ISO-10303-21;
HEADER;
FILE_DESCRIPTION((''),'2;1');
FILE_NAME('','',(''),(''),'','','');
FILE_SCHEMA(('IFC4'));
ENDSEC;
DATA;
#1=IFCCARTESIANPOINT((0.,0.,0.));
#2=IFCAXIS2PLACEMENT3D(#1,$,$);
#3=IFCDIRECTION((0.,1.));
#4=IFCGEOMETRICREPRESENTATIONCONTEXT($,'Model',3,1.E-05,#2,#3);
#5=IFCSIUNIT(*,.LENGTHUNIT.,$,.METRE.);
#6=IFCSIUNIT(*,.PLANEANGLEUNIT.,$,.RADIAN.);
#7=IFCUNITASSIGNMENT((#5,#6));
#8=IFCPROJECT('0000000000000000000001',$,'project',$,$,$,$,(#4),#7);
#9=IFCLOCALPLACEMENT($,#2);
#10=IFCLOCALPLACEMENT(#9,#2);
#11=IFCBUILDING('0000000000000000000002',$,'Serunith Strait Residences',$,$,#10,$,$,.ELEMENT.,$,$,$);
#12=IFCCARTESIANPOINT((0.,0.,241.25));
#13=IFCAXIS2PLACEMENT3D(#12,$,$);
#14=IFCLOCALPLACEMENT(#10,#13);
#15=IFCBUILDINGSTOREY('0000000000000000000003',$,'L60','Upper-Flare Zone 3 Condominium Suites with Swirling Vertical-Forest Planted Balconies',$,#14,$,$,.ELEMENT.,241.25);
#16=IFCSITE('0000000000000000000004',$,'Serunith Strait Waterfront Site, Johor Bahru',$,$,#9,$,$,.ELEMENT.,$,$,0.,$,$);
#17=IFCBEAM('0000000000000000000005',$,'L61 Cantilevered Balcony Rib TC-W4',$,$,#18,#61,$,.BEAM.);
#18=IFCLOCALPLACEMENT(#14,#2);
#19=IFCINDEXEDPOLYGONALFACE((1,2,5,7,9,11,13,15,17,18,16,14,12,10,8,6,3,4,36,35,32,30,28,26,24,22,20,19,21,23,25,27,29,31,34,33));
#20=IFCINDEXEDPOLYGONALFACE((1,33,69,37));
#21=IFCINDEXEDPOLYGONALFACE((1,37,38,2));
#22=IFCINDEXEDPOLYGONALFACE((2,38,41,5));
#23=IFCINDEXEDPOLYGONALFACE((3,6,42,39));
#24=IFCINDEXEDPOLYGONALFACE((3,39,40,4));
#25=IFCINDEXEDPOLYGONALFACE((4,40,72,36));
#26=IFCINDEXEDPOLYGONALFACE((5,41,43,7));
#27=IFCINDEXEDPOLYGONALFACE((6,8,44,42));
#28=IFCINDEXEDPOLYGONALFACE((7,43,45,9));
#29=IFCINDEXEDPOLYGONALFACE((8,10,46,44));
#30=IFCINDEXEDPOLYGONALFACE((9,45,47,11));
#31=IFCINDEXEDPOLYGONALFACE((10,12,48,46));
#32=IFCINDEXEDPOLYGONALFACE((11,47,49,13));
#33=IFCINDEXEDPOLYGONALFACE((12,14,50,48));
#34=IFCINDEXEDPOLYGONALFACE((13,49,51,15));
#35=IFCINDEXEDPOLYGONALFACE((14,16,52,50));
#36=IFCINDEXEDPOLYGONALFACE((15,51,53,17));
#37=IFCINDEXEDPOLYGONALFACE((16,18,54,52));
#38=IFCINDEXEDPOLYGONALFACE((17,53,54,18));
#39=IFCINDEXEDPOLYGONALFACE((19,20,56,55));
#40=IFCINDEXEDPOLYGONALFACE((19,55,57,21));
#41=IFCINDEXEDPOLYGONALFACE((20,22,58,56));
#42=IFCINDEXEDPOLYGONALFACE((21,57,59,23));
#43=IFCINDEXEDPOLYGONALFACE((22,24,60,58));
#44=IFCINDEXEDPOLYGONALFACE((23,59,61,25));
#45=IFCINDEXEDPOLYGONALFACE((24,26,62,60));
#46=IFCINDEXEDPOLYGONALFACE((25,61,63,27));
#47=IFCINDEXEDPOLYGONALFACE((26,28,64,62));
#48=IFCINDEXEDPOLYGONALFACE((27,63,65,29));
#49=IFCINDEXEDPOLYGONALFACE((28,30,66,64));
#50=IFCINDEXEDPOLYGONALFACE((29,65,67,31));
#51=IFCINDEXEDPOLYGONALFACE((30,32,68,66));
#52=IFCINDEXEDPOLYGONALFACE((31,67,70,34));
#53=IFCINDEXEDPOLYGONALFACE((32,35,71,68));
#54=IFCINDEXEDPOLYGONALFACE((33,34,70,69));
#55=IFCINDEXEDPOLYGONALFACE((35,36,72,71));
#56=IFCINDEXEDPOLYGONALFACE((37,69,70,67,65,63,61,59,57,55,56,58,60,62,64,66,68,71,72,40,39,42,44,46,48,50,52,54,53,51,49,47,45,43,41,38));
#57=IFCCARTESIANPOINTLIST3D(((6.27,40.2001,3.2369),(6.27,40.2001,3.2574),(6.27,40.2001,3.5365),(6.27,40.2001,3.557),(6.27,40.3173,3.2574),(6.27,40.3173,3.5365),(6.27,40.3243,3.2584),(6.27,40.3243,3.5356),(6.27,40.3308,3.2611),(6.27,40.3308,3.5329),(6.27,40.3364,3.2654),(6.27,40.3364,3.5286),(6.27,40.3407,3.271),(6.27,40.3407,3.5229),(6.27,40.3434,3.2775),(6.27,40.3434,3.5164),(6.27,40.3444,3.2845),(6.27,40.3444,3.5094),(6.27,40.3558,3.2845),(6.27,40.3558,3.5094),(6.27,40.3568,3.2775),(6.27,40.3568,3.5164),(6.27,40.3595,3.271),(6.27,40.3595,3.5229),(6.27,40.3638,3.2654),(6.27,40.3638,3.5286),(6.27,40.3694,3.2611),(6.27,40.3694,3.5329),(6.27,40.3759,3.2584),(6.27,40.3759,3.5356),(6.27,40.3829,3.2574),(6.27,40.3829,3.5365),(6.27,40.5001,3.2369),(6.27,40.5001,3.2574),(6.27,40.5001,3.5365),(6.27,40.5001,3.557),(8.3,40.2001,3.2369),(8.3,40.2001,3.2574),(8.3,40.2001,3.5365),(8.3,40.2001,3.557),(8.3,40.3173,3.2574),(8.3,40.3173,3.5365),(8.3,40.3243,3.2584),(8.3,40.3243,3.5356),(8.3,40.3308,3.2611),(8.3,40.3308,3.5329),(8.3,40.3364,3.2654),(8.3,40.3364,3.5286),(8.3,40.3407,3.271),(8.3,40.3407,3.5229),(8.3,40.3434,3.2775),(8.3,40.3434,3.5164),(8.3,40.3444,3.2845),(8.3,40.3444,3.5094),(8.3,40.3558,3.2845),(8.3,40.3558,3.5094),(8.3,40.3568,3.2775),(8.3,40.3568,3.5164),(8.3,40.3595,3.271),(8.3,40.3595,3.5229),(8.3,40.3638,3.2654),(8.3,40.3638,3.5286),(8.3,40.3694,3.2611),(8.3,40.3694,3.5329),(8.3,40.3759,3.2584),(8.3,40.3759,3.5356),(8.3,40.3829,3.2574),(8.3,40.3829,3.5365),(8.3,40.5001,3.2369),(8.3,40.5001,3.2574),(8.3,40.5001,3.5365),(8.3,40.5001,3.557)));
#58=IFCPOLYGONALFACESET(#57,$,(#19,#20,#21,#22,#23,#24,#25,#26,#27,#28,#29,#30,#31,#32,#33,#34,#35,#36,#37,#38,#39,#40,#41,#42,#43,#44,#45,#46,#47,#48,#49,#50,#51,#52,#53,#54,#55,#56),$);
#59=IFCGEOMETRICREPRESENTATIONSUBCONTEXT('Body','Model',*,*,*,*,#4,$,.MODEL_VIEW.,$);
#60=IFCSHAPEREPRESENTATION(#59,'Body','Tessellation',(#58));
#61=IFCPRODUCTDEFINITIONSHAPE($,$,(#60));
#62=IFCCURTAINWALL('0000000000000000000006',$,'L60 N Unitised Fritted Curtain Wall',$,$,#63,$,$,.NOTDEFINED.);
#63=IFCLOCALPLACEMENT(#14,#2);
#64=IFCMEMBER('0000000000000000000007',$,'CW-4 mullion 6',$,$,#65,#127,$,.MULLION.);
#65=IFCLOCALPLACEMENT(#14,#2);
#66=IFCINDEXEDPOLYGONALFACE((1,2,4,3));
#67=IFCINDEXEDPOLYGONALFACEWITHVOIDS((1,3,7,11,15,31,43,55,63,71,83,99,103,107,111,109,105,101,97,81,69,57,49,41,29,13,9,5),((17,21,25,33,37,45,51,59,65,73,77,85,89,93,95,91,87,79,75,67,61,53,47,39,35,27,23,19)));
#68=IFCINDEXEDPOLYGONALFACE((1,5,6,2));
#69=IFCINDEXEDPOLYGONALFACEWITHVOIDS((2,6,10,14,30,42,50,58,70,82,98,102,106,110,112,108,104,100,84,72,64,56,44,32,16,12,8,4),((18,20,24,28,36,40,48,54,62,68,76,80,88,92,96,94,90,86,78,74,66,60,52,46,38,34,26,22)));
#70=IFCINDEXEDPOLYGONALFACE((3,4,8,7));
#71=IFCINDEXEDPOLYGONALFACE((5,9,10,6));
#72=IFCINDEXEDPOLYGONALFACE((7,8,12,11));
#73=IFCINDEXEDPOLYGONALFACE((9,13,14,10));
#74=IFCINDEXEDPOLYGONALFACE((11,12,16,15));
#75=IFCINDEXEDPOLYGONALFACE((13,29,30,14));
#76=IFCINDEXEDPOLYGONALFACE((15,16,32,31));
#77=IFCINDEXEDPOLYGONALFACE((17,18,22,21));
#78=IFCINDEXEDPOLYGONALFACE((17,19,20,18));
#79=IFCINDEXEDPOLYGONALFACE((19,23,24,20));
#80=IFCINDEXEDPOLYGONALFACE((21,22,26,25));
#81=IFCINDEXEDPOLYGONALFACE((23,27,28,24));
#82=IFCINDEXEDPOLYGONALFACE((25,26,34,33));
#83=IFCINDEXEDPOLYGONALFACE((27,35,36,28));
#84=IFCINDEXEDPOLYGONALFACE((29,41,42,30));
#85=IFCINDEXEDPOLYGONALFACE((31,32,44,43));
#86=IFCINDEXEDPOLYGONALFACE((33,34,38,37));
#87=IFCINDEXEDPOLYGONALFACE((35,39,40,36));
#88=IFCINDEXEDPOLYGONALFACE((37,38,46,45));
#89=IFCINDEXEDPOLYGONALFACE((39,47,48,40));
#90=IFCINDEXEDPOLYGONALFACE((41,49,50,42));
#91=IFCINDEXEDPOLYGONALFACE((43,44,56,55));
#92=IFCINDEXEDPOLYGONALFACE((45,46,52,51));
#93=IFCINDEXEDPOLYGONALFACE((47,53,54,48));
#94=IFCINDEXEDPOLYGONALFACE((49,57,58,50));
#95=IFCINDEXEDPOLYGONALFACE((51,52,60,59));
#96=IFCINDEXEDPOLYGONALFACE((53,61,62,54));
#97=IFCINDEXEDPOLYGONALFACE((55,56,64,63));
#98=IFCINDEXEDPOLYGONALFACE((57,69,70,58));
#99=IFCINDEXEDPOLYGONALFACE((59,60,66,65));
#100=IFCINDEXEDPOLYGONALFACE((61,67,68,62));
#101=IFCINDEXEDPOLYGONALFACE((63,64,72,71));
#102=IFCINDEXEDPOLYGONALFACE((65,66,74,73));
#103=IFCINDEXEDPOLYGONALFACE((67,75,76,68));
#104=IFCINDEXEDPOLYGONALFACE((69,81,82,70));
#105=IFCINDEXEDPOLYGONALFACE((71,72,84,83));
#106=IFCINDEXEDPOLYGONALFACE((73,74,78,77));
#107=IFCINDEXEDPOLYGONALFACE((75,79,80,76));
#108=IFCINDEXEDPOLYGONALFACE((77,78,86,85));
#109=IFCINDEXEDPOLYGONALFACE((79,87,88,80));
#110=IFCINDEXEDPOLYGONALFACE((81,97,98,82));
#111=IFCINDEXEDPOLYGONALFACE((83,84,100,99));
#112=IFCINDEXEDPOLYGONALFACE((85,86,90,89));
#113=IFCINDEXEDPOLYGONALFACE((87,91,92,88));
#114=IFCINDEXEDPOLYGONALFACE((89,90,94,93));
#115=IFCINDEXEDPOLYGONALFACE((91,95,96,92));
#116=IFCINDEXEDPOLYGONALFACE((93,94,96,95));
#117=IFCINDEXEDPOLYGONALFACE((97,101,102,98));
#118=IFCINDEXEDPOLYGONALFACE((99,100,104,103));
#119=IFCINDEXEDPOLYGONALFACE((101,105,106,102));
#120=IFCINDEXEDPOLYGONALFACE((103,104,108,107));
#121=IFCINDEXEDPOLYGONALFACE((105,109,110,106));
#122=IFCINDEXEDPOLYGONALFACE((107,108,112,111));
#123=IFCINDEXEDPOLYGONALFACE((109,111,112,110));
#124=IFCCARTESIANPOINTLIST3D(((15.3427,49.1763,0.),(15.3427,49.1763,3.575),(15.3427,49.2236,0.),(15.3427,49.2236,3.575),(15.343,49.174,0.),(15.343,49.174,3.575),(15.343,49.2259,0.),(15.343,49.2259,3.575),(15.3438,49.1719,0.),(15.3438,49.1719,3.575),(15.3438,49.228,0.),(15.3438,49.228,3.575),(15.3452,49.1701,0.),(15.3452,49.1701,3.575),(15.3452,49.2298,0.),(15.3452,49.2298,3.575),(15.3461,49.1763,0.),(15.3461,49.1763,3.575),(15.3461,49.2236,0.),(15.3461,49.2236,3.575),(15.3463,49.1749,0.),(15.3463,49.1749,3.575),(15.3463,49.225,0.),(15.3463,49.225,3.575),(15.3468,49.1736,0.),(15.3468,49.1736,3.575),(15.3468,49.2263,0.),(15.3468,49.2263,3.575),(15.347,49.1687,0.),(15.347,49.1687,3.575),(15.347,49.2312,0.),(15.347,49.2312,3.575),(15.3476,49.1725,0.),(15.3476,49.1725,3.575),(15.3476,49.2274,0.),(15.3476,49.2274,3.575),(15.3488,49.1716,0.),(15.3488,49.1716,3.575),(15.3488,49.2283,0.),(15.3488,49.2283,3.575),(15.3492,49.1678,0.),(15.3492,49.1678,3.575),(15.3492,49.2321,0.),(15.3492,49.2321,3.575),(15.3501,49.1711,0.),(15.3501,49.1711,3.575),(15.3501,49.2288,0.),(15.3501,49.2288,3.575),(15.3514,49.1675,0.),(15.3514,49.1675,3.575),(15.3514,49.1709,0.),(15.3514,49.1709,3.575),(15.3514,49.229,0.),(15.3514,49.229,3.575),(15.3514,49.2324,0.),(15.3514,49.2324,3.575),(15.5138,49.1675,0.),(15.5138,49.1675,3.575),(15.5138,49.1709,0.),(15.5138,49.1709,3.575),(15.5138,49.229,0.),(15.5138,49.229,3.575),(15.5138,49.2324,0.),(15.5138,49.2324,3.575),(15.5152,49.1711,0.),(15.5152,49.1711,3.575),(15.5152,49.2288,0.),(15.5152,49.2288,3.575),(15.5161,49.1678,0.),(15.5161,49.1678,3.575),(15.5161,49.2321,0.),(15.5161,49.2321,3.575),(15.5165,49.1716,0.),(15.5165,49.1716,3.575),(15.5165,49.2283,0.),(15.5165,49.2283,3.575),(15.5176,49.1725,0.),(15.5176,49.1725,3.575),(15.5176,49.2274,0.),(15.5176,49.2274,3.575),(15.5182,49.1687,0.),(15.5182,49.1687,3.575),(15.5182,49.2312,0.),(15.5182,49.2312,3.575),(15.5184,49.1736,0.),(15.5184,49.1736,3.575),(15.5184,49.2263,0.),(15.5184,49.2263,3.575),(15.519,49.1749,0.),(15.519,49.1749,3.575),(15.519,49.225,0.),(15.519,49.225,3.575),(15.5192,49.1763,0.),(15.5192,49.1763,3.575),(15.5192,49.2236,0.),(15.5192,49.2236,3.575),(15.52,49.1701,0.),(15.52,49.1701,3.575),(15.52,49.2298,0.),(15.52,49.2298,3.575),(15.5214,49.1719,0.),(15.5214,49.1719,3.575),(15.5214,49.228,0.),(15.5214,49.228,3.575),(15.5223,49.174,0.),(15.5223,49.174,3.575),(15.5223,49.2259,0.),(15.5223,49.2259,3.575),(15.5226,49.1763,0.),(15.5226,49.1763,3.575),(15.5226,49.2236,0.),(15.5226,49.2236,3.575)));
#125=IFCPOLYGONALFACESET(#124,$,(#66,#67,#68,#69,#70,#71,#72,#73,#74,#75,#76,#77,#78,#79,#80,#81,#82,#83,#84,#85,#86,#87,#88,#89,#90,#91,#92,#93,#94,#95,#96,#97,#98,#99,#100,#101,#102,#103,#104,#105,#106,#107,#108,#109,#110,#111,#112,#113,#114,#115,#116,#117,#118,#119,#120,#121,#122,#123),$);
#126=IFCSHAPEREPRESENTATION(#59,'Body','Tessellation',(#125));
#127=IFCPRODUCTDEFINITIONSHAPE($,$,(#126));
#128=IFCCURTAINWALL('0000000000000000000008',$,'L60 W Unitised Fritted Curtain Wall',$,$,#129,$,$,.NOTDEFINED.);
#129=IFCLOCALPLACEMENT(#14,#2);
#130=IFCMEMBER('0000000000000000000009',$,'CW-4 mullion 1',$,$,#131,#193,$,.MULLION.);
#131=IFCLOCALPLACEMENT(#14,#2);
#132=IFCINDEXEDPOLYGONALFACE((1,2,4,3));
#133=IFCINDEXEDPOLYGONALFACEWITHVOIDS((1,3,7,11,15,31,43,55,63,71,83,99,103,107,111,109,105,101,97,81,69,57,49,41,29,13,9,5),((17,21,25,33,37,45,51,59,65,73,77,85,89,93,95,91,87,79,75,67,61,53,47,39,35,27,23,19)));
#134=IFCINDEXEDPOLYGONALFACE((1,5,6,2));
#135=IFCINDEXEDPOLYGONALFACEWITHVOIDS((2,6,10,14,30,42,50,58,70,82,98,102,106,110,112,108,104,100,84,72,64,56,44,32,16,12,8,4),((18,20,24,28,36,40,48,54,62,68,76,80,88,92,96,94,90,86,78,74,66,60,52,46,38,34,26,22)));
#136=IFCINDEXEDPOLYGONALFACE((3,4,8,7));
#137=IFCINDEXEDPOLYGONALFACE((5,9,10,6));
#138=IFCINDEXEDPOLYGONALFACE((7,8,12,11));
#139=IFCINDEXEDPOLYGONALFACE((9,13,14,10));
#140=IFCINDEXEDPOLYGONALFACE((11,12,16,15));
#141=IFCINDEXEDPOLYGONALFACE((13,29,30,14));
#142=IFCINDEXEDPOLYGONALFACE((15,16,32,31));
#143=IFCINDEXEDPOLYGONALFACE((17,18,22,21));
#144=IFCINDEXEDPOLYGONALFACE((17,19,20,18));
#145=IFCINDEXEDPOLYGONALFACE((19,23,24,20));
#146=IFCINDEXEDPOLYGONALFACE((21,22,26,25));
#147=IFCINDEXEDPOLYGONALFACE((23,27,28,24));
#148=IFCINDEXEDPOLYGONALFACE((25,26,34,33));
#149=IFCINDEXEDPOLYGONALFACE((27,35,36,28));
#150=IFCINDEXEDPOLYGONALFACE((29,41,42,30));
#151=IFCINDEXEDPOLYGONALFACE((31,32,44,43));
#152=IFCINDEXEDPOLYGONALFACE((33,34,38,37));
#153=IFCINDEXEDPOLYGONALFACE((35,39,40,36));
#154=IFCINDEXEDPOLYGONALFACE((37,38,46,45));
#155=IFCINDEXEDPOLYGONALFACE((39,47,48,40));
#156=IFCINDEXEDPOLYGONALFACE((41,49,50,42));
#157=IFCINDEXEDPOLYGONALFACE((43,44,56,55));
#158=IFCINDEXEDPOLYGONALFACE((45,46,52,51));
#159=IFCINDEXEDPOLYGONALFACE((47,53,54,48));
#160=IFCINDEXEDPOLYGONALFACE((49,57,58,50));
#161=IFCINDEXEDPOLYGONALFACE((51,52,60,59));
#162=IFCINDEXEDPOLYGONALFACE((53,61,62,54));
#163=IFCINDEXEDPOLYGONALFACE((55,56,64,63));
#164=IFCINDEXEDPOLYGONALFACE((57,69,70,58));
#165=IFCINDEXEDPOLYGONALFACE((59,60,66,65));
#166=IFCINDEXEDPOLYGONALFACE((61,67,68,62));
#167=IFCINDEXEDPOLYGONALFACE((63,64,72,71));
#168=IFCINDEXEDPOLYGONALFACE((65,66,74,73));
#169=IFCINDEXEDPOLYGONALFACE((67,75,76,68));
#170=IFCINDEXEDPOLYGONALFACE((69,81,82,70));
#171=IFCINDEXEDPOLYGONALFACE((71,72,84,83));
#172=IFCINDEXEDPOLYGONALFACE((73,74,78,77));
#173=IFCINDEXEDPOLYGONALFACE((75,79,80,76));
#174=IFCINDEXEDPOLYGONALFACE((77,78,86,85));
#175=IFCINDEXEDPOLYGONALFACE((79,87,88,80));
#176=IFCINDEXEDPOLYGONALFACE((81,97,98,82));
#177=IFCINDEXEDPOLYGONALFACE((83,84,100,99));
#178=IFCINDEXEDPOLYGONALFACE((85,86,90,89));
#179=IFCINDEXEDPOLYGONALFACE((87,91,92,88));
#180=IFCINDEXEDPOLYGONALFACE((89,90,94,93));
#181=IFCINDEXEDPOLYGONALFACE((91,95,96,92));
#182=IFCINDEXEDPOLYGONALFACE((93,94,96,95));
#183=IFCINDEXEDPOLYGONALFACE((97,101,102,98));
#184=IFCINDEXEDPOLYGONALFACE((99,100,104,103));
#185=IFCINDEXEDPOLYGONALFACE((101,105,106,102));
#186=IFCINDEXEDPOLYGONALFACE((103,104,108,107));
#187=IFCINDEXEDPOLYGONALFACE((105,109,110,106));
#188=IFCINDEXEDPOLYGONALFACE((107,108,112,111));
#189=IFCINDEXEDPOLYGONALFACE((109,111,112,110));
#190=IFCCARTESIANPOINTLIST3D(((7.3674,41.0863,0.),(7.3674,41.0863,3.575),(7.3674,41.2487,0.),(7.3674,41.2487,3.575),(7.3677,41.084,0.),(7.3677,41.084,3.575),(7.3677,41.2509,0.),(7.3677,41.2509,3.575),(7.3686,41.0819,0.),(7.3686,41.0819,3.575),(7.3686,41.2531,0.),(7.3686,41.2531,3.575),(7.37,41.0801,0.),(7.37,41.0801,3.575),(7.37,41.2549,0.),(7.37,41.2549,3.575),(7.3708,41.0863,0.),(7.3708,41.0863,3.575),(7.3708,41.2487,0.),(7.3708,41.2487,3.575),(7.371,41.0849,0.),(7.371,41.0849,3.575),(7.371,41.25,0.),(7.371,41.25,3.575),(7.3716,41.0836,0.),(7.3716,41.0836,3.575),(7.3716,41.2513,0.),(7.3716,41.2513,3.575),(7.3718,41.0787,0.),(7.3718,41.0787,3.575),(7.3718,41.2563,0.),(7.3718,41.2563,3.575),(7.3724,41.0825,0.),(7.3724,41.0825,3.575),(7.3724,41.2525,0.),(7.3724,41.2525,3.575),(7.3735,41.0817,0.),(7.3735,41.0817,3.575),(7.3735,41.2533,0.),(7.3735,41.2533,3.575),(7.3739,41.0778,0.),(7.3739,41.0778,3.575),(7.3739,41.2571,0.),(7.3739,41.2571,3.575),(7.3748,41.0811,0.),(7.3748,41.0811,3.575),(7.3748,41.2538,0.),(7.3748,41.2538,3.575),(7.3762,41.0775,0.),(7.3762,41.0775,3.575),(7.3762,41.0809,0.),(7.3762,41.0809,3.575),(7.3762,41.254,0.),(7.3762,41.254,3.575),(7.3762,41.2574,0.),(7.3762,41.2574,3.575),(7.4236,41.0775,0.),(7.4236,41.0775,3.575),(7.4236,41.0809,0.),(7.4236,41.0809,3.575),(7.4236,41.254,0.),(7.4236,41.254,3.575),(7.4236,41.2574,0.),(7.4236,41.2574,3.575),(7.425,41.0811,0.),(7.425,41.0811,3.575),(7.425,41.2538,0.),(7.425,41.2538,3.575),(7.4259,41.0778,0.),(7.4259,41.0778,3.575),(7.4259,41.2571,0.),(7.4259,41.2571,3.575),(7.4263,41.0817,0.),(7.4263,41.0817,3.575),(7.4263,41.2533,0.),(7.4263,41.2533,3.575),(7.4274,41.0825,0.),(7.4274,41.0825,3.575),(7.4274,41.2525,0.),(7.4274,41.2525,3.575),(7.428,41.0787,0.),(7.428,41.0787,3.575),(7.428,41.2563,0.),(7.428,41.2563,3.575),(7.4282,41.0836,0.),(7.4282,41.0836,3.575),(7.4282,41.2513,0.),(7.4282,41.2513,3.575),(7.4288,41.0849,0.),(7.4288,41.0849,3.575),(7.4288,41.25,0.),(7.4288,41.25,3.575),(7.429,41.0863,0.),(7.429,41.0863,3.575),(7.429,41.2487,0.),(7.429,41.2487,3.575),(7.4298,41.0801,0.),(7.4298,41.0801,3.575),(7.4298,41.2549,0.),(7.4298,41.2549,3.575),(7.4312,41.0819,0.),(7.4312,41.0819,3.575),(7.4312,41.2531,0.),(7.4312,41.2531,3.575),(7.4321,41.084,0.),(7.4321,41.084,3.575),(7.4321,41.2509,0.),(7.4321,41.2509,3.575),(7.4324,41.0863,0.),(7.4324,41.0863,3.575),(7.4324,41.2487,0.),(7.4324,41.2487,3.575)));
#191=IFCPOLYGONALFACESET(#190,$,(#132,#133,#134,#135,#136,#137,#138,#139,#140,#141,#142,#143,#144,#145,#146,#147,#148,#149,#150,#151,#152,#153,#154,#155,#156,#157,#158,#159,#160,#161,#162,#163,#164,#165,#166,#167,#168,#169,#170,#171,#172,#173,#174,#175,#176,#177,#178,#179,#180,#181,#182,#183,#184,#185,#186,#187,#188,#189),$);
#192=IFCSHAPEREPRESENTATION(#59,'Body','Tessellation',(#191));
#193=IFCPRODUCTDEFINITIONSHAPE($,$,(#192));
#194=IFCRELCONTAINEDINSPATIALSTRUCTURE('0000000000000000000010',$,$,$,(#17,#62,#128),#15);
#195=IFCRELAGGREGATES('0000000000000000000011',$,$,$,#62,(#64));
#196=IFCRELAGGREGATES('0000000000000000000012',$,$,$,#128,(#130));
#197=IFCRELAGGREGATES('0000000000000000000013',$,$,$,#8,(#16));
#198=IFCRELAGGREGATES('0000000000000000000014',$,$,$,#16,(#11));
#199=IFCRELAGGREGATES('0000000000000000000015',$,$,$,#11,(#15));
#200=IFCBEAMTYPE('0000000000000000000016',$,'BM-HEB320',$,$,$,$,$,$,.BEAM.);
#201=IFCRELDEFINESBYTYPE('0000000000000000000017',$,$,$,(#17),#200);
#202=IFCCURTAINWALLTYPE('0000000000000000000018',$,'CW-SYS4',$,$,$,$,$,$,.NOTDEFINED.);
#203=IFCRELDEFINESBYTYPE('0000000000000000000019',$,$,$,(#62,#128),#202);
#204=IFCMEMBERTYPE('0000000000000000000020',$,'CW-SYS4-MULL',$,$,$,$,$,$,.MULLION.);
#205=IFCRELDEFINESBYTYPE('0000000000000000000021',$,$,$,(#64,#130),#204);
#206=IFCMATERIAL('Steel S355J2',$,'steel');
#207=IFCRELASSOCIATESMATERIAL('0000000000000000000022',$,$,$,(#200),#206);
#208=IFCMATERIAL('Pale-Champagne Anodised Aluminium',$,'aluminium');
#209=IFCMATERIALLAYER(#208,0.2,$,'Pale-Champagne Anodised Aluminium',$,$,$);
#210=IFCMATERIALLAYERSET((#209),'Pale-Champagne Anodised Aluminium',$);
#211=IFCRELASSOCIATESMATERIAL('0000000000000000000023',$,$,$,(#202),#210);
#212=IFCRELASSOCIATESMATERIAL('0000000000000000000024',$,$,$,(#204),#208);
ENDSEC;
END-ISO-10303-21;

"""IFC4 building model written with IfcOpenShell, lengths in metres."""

from ifc_helpers import new_model, si_unit, direction, frame, origin, origin_2d, place, context, subcontext, project, spatial, hollow_rectangle, i_section, extrude, source, transform, mapped, material, layer, layer_set, material_profile, profile_set, type_object, element, aggregate, save


model = new_model("IFC4")

# Units and contexts
model_context = context("Model", 3, precision=1e-05, world=origin(), true_north=direction((0.0, 1.0)))
body_context = subcontext(model_context, "Body", "Model", "MODEL_VIEW")
ifc_project = project(units=[si_unit("LENGTHUNIT", "METRE"), si_unit("PLANEANGLEUNIT", "RADIAN")], contexts=[model_context])

# Site, building, storey
site_placement = place(None, origin())
site = spatial("IfcSite", under=ifc_project, at=site_placement, Name="Serunith Strait Waterfront Site, Johor Bahru", CompositionType="ELEMENT", RefElevation=0.0)
building_placement = place(site_placement, origin())
building = spatial("IfcBuilding", under=site, at=building_placement, Name="Serunith Strait Residences", CompositionType="ELEMENT")
storey_placement = place(building_placement, frame((0.0, 0.0, 241.25)))
storey = spatial("IfcBuildingStorey", under=building, at=storey_placement, Name="L60", Description="Upper-Flare Zone 3 Condominium Suites with Swirling Vertical-Forest Planted Balconies", CompositionType="ELEMENT", Elevation=241.25)

# Beam
ifc_material_1 = material(Name="Steel S355J2", Category="steel")
ifc_material_profile_1 = material_profile(ifc_material_1, i_section(OverallWidth=0.3, OverallDepth=0.3201, WebThickness=0.0115, FlangeThickness=0.0205, FilletRadius=0.0271, at=origin_2d()), Name="HEB 320")
ifc_profile_set_1 = profile_set([ifc_material_profile_1], Name="Steel S355J2")
beam_type_1 = type_object("IfcBeamType", Name="BM-HEB320", PredefinedType="BEAM", material=ifc_profile_set_1)
shared_shape_1 = source(origin(), body_context, "Body", "SweptSolid", [
    extrude(i_section(OverallWidth=0.3, OverallDepth=0.3201, WebThickness=0.0115, FlangeThickness=0.0205, FilletRadius=0.0271, at=origin_2d()), origin(), (0.0, 0.0, 1.0), 2.03),
])
for number, where, z_axis, x_axis, name in (
    (1, (8.3, 40.3501, 3.397), (-1.0, 0.0, 0.0), (0.0, -1.0, 0.0), "L61 Cantilevered Balcony Rib TC-W4"),
):
    element("IfcBeam", number, at=place(storey_placement, frame(where, z_axis=z_axis, x_axis=x_axis)), inside=storey, type_object=beam_type_1, Name=name, PredefinedType="BEAM", context=body_context, shape_type="MappedRepresentation", body=[
        mapped(shared_shape_1, transform((0.0, 0.0, 0.0), scale=1.0)),
    ])

# Curtain wall, member
ifc_material_2 = material(Name="Pale-Champagne Anodised Aluminium", Category="aluminium")
ifc_layer_1 = layer(ifc_material_2, 0.2, Name="Pale-Champagne Anodised Aluminium")
ifc_layer_set_1 = layer_set([ifc_layer_1], Name="Pale-Champagne Anodised Aluminium")
curtain_wall_type = type_object("IfcCurtainWallType", Name="CW-SYS4", PredefinedType="NOTDEFINED", material=ifc_layer_set_1)
curtain_wall_1_placement = place(storey_placement, origin())
curtain_wall_1 = element("IfcCurtainWall", 2, at=curtain_wall_1_placement, inside=storey, type_object=curtain_wall_type, Name="L60 N Unitised Fritted Curtain Wall", PredefinedType="NOTDEFINED")
ifc_material_profile_2 = material_profile(ifc_material_2, hollow_rectangle(XDim=0.0649, YDim=0.1799, WallThickness=0.0034, InnerFilletRadius=0.0054, OuterFilletRadius=0.0088, at=origin_2d()), Name="ALU 180x65x3.5")
ifc_profile_set_2 = profile_set([ifc_material_profile_2], Name="Pale-Champagne Anodised Aluminium")
member_type_1 = type_object("IfcMemberType", Name="CW-SYS4-MULL", PredefinedType="MULLION", material=ifc_profile_set_2)
shared_shape_2 = source(origin(), body_context, "Body", "SweptSolid", [
    extrude(hollow_rectangle(XDim=0.0649, YDim=0.1799, WallThickness=0.0034, InnerFilletRadius=0.0054, OuterFilletRadius=0.0088, at=origin_2d()), origin(), (0.0, 0.0, 1.0), 3.575),
])
member_1_placement = place(storey_placement, frame((15.4326, 49.2, 0.0), z_axis=(0.0, 0.0, 1.0), x_axis=(0.0, -1.0, 0.0)))
member_1 = element("IfcMember", 3, at=member_1_placement, type_object=member_type_1, Name="CW-4 mullion 6", PredefinedType="MULLION", context=body_context, shape_type="MappedRepresentation", body=[
    mapped(shared_shape_2, transform((0.0, 0.0, 0.0), scale=1.0)),
])
aggregate(curtain_wall_1, [member_1])

# Curtain wall, member
curtain_wall_2_placement = place(storey_placement, origin())
curtain_wall_2 = element("IfcCurtainWall", 4, at=curtain_wall_2_placement, inside=storey, type_object=curtain_wall_type, Name="L60 W Unitised Fritted Curtain Wall", PredefinedType="NOTDEFINED")
member_2_placement = place(storey_placement, frame((7.3999, 41.1675, 0.0), z_axis=(0.0, 0.0, 1.0), x_axis=(1.0, 0.0, 0.0)))
member_2 = element("IfcMember", 5, at=member_2_placement, type_object=member_type_1, Name="CW-4 mullion 1", PredefinedType="MULLION", context=body_context, shape_type="MappedRepresentation", body=[
    mapped(shared_shape_2, transform((0.0, 0.0, 0.0), scale=1.0)),
])
aggregate(curtain_wall_2, [member_2])

save(model, "model.ifc")
